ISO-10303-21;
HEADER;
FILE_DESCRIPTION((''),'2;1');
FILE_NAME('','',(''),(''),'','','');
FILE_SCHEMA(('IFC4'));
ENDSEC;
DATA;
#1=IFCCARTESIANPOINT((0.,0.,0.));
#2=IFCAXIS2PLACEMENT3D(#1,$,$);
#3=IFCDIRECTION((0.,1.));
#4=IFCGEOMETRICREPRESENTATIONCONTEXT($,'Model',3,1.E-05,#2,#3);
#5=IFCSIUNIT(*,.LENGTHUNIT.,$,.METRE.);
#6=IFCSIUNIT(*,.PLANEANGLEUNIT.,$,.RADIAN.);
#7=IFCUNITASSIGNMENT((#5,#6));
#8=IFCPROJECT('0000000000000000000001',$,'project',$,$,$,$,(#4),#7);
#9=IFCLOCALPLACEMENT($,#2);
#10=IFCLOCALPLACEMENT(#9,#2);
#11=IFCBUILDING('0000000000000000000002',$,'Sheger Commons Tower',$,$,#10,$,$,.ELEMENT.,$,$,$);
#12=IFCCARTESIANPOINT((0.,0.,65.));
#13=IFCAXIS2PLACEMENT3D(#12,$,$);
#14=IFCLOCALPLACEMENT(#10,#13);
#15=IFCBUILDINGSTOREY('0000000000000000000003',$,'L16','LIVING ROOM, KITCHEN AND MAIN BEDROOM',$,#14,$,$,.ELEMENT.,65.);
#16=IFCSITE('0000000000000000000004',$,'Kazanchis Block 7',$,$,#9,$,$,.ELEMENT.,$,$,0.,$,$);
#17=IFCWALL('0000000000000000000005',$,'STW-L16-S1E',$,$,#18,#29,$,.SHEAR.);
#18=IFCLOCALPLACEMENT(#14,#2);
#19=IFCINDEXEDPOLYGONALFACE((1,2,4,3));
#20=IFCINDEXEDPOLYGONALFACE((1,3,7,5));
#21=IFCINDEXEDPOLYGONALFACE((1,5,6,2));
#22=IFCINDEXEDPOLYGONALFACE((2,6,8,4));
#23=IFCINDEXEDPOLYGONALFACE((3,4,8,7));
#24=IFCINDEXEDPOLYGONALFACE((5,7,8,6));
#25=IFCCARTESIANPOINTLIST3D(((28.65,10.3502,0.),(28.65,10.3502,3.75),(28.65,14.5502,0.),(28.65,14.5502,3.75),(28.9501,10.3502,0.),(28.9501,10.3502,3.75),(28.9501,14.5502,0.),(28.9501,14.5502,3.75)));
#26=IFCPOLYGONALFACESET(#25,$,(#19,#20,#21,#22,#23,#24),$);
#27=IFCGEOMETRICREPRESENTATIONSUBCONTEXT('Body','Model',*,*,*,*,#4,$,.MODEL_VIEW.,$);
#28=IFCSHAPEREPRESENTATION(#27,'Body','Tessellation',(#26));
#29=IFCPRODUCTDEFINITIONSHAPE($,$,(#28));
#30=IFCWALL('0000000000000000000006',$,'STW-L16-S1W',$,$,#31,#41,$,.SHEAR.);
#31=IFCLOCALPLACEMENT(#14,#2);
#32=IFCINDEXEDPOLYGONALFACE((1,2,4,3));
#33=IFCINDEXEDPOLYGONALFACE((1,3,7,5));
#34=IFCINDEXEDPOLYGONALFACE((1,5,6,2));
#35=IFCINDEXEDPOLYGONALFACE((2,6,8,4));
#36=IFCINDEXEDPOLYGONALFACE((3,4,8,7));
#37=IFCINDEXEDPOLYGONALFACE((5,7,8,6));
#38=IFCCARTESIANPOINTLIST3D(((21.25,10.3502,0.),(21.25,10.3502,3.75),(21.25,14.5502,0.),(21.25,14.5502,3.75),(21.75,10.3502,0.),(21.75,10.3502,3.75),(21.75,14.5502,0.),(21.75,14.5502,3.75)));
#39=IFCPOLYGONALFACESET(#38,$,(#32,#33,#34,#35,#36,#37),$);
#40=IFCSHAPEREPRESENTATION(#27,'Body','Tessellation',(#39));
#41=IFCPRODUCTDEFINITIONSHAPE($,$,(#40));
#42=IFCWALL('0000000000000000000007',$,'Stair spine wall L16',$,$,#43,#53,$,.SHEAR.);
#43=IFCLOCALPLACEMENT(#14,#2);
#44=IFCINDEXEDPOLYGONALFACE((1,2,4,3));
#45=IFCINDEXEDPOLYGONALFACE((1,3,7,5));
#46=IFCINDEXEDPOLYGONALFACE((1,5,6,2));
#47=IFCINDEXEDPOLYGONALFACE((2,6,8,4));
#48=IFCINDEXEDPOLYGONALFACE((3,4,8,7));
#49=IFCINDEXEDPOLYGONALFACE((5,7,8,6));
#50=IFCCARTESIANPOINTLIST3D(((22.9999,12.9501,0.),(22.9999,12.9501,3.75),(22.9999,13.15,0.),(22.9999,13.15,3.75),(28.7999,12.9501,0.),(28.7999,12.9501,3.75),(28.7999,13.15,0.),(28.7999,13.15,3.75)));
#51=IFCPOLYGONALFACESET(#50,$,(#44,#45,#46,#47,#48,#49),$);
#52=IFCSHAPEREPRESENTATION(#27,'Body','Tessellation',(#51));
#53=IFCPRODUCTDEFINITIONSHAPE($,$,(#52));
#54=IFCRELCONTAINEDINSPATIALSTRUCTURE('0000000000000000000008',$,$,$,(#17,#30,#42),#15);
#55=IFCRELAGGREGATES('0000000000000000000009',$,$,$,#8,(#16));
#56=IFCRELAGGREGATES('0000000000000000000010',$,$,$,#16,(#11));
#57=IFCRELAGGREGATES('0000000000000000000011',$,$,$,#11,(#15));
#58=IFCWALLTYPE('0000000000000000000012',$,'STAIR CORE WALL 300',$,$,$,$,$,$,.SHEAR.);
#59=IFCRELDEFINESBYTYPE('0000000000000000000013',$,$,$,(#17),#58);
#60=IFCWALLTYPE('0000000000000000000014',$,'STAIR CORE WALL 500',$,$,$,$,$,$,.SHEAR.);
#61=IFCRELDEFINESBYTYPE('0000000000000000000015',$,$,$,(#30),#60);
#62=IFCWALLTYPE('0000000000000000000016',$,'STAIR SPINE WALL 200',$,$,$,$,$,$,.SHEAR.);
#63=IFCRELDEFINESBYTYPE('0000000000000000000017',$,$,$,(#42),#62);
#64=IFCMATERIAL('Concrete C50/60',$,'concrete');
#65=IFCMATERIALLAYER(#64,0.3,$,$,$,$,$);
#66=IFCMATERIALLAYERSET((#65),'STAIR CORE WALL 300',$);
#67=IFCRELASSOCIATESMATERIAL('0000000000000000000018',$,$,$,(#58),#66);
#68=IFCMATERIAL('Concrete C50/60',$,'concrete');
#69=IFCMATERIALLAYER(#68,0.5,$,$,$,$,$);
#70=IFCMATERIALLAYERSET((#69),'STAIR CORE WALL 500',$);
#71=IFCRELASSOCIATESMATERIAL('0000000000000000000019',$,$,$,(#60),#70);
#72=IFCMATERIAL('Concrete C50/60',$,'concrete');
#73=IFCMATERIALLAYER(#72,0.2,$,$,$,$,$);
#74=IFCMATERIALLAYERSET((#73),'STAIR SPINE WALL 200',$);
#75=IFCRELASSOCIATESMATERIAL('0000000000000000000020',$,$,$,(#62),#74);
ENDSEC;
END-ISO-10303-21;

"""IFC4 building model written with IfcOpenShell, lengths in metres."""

from ifc_helpers import new_model, si_unit, direction, frame, frame_2d, origin, place, context, subcontext, project, spatial, rectangle, extrude, material, layer, layer_set, type_object, element, save


model = new_model("IFC4")

# Units and contexts
model_context = context("Model", 3, precision=1e-05, world=origin(), true_north=direction((0.0, 1.0)))
body_context = subcontext(model_context, "Body", "Model", "MODEL_VIEW")
ifc_project = project(units=[si_unit("LENGTHUNIT", "METRE"), si_unit("PLANEANGLEUNIT", "RADIAN")], contexts=[model_context])

# Site, building, storey
site_placement = place(None, origin())
site = spatial("IfcSite", under=ifc_project, at=site_placement, Name="Kazanchis Block 7", CompositionType="ELEMENT", RefElevation=0.0)
building_placement = place(site_placement, origin())
building = spatial("IfcBuilding", under=site, at=building_placement, Name="Sheger Commons Tower", CompositionType="ELEMENT")
storey_placement = place(building_placement, frame((0.0, 0.0, 65.0)))
storey = spatial("IfcBuildingStorey", under=building, at=storey_placement, Name="L16", Description="LIVING ROOM, KITCHEN AND MAIN BEDROOM", CompositionType="ELEMENT", Elevation=65.0)

# Walls
ifc_material_1 = material(Name="Concrete C50/60", Category="concrete")
ifc_layer_1 = layer(ifc_material_1, 0.3)
ifc_layer_set_1 = layer_set([ifc_layer_1], Name="STAIR CORE WALL 300")
wall_type_1 = type_object("IfcWallType", Name="STAIR CORE WALL 300", PredefinedType="SHEAR", material=ifc_layer_set_1)
wall_1_placement = place(storey_placement, frame((28.8, 10.3501, 0.0), z_axis=(0.0, 0.0, 1.0), x_axis=(0.0, 1.0, 0.0)))
element("IfcWall", 1, at=wall_1_placement, inside=storey, type_object=wall_type_1, Name="STW-L16-S1E", PredefinedType="SHEAR", context=body_context, shape_type="SweptSolid", body=[
    extrude(rectangle(XDim=4.2, YDim=0.3, at=frame_2d((2.1001, 0.0))), origin(), (0.0, 0.0, 1.0), 3.75),
])
ifc_material_2 = material(Name="Concrete C50/60", Category="concrete")
ifc_layer_2 = layer(ifc_material_2, 0.5)
ifc_layer_set_2 = layer_set([ifc_layer_2], Name="STAIR CORE WALL 500")
wall_type_2 = type_object("IfcWallType", Name="STAIR CORE WALL 500", PredefinedType="SHEAR", material=ifc_layer_set_2)
wall_2_placement = place(storey_placement, frame((21.5, 10.3501, 0.0), z_axis=(0.0, 0.0, 1.0), x_axis=(0.0, 1.0, 0.0)))
element("IfcWall", 2, at=wall_2_placement, inside=storey, type_object=wall_type_2, Name="STW-L16-S1W", PredefinedType="SHEAR", context=body_context, shape_type="SweptSolid", body=[
    extrude(rectangle(XDim=4.2, YDim=0.5, at=frame_2d((2.1001, 0.0))), origin(), (0.0, 0.0, 1.0), 3.75),
])
ifc_material_3 = material(Name="Concrete C50/60", Category="concrete")
ifc_layer_3 = layer(ifc_material_3, 0.2)
ifc_layer_set_3 = layer_set([ifc_layer_3], Name="STAIR SPINE WALL 200")
wall_type_3 = type_object("IfcWallType", Name="STAIR SPINE WALL 200", PredefinedType="SHEAR", material=ifc_layer_set_3)
wall_3_placement = place(storey_placement, frame((23.0, 13.05, 0.0), z_axis=(0.0, 0.0, 1.0), x_axis=(1.0, 0.0, 0.0)))
element("IfcWall", 3, at=wall_3_placement, inside=storey, type_object=wall_type_3, Name="Stair spine wall L16", PredefinedType="SHEAR", context=body_context, shape_type="SweptSolid", body=[
    extrude(rectangle(XDim=5.8, YDim=0.2, at=frame_2d((2.8999, 0.0))), origin(), (0.0, 0.0, 1.0), 3.75),
])

save(model, "model.ifc")
